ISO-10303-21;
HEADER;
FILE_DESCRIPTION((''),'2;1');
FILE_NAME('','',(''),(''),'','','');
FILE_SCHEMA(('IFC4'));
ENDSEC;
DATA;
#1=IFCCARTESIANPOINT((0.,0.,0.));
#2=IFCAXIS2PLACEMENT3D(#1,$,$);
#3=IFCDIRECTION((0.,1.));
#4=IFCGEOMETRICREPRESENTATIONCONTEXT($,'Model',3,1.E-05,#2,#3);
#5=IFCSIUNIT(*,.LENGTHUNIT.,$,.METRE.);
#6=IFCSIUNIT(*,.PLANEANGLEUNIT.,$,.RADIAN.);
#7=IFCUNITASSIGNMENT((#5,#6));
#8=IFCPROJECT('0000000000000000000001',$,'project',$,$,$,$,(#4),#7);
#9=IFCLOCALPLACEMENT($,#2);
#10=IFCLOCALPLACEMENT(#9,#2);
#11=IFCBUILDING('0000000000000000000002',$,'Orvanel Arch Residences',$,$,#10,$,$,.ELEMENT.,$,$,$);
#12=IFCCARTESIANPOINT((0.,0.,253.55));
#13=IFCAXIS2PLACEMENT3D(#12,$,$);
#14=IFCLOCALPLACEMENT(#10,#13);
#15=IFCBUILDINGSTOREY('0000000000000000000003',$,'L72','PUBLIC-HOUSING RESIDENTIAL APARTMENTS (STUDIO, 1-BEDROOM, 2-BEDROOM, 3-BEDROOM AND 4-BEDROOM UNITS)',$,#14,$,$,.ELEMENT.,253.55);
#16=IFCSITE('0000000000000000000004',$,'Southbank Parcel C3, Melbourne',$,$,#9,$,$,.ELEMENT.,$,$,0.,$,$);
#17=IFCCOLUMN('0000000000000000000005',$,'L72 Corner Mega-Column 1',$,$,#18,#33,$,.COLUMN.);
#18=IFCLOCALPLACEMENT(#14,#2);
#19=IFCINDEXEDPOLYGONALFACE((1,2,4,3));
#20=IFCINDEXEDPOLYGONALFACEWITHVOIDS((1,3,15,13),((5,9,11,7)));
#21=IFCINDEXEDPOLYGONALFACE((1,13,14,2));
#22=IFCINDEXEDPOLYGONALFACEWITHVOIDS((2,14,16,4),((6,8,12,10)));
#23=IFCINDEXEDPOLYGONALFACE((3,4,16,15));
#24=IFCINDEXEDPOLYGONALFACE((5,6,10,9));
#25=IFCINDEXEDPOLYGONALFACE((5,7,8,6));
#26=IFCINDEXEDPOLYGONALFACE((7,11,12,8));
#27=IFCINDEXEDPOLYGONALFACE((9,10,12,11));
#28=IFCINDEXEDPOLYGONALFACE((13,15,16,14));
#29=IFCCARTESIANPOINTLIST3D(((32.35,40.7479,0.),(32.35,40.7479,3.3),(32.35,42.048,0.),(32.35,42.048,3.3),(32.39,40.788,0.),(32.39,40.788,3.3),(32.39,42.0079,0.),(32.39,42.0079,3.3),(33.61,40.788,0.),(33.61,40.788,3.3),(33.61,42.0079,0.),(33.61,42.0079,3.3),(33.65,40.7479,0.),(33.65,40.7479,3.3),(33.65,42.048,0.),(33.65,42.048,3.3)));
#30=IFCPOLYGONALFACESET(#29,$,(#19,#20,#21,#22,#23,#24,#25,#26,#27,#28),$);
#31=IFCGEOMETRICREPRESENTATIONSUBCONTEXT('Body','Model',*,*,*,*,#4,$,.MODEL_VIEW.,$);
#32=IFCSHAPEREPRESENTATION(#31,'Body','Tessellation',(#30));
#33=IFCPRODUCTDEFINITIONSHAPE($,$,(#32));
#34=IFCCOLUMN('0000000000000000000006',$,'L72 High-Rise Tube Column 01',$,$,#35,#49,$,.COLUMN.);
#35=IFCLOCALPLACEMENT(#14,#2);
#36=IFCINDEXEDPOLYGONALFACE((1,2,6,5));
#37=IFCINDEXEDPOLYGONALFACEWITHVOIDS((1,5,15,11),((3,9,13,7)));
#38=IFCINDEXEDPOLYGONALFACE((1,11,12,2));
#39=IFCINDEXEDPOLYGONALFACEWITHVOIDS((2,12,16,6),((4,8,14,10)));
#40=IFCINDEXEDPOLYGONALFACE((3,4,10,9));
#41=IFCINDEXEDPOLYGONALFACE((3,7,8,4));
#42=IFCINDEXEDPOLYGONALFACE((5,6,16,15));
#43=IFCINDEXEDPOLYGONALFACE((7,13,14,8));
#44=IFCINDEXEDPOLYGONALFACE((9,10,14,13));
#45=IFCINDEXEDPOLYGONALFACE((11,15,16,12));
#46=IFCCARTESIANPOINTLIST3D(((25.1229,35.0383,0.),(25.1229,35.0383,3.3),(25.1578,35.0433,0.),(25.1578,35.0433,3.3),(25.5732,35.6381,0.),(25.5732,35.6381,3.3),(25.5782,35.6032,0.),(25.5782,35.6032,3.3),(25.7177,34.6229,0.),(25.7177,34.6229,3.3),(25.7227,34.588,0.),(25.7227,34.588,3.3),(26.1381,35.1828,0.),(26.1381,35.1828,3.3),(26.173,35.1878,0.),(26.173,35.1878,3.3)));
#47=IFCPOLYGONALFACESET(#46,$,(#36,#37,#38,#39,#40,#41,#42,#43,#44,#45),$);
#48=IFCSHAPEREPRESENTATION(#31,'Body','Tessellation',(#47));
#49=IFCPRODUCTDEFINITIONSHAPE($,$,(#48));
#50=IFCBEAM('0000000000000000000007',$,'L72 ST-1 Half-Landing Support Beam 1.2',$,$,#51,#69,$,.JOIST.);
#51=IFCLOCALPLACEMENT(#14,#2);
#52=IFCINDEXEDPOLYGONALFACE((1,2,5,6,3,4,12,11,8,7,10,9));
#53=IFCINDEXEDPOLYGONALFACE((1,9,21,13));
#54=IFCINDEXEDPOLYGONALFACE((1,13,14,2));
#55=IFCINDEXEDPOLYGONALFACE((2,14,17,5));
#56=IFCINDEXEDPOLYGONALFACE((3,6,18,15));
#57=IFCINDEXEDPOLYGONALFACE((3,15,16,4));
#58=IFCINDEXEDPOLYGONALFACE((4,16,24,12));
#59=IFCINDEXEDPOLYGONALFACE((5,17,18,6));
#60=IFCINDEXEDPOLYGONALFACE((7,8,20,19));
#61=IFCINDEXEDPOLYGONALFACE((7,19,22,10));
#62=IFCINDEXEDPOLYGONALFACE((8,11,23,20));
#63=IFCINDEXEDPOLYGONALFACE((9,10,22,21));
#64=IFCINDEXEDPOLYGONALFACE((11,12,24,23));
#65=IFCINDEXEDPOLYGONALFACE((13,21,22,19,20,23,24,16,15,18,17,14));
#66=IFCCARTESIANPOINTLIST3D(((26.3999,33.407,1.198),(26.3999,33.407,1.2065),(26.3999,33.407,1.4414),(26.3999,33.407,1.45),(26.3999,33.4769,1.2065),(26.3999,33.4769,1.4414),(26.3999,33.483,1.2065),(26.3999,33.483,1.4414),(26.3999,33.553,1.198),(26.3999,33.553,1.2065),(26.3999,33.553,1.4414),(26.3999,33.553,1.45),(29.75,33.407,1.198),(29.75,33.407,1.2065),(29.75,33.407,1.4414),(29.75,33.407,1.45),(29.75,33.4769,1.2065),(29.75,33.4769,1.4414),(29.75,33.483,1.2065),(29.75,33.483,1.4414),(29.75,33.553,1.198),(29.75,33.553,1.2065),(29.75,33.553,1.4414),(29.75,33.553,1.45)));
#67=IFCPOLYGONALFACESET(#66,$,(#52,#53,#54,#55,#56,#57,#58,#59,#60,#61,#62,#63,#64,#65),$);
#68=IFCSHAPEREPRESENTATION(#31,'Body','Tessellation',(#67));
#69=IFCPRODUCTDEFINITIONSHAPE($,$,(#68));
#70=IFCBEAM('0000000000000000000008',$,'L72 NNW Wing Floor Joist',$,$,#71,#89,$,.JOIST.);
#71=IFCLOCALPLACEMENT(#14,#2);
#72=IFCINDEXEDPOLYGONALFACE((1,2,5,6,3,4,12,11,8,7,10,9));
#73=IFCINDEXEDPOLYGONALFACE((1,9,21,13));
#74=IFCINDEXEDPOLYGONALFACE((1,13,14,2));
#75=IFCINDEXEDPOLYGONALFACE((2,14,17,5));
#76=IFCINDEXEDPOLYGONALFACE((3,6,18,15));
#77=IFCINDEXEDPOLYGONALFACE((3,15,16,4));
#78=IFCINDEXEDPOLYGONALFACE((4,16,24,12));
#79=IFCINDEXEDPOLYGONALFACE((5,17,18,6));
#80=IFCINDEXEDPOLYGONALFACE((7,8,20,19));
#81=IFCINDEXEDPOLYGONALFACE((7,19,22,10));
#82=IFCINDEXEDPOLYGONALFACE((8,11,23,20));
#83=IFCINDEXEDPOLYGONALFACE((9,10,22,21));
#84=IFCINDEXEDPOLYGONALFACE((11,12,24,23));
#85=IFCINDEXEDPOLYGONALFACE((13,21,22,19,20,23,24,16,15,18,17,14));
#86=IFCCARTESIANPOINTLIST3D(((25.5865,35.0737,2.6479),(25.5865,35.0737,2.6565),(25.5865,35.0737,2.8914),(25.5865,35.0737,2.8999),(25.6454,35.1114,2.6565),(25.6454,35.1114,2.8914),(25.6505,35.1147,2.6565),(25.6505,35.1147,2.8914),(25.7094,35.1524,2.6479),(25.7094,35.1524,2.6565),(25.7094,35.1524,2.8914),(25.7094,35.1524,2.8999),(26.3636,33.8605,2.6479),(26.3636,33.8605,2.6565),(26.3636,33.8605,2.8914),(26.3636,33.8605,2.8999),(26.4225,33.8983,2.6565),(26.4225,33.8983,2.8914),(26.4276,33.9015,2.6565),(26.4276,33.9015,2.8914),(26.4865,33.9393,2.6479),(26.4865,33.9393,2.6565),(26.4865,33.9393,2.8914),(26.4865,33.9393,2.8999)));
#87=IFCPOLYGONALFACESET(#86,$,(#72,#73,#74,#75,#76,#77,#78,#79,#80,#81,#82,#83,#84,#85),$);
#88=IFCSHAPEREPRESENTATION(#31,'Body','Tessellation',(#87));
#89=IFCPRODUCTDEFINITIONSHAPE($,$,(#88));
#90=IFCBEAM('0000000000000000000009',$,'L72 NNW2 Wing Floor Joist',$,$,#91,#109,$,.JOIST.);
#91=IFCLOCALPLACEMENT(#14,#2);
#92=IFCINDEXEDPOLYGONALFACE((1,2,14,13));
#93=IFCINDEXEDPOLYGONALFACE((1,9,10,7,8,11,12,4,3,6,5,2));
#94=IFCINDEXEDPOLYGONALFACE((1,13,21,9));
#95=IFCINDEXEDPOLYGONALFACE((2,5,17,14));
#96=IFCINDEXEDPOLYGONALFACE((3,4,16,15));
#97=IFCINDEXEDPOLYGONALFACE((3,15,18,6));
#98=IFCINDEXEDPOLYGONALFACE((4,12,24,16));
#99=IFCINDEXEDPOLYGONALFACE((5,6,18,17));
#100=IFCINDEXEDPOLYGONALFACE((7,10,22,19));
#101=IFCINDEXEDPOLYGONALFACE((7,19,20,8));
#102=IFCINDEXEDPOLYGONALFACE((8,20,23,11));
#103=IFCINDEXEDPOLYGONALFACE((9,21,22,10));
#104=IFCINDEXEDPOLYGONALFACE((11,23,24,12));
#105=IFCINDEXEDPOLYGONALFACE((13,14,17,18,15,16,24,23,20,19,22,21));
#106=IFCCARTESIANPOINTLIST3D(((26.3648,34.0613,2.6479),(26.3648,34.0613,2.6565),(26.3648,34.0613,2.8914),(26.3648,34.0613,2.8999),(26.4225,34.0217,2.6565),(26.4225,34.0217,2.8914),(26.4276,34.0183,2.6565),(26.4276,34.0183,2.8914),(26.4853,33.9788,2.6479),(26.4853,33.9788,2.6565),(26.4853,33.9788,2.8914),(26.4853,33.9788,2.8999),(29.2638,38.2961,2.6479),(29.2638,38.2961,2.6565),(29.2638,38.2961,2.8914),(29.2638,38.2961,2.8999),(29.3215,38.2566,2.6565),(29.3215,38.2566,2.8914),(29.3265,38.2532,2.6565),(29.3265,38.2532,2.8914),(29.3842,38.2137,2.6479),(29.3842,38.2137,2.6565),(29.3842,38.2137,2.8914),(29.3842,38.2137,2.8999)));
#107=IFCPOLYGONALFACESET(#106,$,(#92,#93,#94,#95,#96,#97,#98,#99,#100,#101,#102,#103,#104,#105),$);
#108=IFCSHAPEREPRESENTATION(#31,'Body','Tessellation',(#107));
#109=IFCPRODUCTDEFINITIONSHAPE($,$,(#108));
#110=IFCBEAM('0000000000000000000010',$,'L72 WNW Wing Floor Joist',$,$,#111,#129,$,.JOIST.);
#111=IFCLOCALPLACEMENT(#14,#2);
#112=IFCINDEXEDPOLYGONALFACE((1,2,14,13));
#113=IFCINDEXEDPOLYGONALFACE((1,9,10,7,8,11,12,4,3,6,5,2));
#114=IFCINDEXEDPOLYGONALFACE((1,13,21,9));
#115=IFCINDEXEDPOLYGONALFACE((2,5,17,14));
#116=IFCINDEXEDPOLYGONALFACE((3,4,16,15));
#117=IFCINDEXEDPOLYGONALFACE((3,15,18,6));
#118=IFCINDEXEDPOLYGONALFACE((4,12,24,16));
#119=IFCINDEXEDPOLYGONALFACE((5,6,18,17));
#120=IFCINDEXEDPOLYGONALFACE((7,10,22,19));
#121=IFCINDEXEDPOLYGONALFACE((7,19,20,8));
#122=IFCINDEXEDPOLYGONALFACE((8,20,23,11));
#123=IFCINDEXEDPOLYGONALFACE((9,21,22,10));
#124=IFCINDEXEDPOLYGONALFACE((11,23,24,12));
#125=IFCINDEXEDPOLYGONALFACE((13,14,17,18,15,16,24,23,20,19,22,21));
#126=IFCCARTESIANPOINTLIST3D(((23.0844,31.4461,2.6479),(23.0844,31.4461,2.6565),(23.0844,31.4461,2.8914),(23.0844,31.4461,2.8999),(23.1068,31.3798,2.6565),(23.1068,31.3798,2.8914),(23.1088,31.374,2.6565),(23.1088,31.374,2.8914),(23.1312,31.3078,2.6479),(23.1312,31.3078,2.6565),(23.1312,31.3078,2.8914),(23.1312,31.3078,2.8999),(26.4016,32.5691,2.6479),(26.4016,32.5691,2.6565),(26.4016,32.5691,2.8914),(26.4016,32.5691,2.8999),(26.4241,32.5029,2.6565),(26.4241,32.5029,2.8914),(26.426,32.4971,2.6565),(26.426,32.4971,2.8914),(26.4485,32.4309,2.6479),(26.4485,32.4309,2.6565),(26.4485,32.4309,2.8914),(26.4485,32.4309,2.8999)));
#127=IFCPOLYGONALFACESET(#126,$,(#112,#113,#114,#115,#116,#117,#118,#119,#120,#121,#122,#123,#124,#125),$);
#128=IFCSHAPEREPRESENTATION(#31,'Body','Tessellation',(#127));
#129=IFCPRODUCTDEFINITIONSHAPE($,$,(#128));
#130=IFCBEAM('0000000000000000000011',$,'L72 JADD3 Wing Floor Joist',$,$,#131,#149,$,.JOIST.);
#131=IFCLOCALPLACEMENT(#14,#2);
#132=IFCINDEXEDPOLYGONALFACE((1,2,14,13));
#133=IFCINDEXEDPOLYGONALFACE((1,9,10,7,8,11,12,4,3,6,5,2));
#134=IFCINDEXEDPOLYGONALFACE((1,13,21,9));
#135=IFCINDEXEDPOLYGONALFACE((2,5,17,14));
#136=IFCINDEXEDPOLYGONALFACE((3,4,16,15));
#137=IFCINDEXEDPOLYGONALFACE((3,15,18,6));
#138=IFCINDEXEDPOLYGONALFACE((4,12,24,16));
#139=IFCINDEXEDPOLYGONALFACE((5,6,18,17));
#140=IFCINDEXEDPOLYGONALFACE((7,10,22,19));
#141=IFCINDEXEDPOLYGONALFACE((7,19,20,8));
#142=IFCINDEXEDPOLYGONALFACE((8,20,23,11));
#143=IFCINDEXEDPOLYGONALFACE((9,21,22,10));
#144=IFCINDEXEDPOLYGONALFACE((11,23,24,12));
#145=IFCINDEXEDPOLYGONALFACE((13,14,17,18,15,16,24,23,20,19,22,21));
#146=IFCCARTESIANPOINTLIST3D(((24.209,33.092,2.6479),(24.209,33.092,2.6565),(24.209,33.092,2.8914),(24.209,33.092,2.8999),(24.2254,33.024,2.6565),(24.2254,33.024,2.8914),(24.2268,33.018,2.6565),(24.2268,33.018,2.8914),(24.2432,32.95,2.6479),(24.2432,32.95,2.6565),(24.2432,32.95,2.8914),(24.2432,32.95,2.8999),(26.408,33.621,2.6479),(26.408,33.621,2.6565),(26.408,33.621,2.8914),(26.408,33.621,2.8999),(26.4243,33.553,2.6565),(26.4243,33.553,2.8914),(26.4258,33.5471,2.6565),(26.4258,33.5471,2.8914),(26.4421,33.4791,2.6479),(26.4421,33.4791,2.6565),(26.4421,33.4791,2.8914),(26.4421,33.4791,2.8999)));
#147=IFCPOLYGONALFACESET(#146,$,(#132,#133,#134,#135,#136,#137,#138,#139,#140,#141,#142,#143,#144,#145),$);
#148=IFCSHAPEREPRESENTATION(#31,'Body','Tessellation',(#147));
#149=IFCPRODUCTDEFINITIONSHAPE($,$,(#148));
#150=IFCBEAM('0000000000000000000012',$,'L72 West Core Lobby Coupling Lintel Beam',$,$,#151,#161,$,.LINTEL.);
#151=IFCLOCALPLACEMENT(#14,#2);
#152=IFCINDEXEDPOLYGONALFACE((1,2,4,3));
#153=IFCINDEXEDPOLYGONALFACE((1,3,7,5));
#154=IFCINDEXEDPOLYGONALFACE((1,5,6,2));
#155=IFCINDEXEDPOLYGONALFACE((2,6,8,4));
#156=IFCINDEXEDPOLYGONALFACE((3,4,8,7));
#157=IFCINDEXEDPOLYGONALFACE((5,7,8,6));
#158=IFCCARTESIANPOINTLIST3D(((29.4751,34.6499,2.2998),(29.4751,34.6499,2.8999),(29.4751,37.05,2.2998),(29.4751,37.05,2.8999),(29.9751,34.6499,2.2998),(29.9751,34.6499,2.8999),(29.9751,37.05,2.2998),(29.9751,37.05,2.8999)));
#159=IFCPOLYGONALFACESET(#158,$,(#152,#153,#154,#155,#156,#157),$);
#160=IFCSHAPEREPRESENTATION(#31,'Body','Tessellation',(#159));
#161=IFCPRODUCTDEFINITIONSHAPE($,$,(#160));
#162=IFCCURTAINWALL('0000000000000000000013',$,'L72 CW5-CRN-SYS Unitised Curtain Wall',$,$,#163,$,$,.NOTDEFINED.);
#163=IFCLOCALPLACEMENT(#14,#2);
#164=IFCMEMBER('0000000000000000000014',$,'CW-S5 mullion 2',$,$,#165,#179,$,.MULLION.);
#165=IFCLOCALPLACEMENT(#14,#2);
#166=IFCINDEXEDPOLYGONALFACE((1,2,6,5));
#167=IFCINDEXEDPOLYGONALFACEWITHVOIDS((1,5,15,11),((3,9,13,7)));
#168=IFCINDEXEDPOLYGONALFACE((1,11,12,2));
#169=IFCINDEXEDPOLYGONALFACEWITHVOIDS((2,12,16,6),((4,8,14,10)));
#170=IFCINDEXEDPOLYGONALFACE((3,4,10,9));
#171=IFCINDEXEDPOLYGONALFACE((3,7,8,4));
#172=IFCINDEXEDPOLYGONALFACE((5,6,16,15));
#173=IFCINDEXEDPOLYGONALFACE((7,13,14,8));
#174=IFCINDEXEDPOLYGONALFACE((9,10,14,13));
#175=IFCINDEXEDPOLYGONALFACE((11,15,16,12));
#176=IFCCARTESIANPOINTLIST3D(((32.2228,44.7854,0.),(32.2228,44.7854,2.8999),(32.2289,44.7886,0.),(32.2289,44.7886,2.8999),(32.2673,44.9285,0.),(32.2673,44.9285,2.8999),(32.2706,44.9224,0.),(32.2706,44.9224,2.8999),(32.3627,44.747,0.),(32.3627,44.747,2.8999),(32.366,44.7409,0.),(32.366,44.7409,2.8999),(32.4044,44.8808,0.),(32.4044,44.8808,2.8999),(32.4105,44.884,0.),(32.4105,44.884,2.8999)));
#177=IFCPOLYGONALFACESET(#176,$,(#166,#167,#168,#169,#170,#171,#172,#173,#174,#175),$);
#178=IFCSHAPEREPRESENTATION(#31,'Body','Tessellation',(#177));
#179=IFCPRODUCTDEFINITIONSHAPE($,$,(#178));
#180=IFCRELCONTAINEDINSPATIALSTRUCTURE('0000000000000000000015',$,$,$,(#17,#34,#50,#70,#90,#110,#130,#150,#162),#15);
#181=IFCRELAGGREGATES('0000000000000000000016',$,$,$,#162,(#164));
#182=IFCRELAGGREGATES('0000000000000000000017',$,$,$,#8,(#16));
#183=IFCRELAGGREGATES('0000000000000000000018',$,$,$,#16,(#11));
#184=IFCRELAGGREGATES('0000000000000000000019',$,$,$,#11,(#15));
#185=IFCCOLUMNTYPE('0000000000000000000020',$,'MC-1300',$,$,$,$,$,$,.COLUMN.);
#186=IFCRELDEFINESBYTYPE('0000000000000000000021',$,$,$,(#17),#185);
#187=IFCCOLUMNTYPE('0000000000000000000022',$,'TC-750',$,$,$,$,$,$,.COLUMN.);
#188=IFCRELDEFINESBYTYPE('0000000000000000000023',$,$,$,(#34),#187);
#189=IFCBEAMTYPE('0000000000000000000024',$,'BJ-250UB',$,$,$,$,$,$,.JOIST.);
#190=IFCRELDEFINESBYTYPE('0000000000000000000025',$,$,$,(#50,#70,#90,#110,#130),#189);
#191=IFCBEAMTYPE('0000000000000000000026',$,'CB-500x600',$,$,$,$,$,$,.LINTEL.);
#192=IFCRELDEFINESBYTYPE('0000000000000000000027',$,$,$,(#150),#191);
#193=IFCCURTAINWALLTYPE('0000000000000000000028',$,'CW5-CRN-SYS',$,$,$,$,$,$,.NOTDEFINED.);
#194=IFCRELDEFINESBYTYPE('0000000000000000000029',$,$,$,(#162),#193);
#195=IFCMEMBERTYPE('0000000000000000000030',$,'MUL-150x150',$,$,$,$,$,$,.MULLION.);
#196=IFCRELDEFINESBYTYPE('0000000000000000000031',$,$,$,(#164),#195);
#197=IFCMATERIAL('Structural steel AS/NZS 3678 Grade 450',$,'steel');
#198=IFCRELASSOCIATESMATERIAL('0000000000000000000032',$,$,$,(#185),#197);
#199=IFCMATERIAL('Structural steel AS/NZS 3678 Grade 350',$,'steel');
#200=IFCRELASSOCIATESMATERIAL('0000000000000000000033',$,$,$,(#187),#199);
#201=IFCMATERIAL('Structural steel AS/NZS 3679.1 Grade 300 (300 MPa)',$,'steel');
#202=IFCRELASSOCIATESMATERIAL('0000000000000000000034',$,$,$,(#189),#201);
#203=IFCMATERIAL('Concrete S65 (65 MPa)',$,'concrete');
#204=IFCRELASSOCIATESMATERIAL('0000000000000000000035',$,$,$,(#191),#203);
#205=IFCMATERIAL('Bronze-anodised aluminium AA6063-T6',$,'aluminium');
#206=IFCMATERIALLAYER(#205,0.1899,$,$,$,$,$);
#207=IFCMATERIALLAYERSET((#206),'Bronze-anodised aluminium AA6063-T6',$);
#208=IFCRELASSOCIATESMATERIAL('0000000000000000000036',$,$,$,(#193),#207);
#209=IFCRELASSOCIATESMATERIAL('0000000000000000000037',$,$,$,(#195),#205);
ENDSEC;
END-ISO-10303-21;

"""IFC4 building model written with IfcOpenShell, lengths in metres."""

from ifc_helpers import new_model, si_unit, direction, frame, origin, origin_2d, place, context, subcontext, project, spatial, rectangle, hollow_rectangle, i_section, extrude, material, layer, layer_set, material_profile, profile_set, type_object, element, aggregate, save


model = new_model("IFC4")

# Units and contexts
model_context = context("Model", 3, precision=1e-05, world=origin(), true_north=direction((0.0, 1.0)))
body_context = subcontext(model_context, "Body", "Model", "MODEL_VIEW")
ifc_project = project(units=[si_unit("LENGTHUNIT", "METRE"), si_unit("PLANEANGLEUNIT", "RADIAN")], contexts=[model_context])

# Site, building, storey
site_placement = place(None, origin())
site = spatial("IfcSite", under=ifc_project, at=site_placement, Name="Southbank Parcel C3, Melbourne", CompositionType="ELEMENT", RefElevation=0.0)
building_placement = place(site_placement, origin())
building = spatial("IfcBuilding", under=site, at=building_placement, Name="Orvanel Arch Residences", CompositionType="ELEMENT")
storey_placement = place(building_placement, frame((0.0, 0.0, 253.55)))
storey = spatial("IfcBuildingStorey", under=building, at=storey_placement, Name="L72", Description="PUBLIC-HOUSING RESIDENTIAL APARTMENTS (STUDIO, 1-BEDROOM, 2-BEDROOM, 3-BEDROOM AND 4-BEDROOM UNITS)", CompositionType="ELEMENT", Elevation=253.55)

# Columns
ifc_material_1 = material(Name="Structural steel AS/NZS 3678 Grade 450", Category="steel")
ifc_material_profile_1 = material_profile(ifc_material_1, hollow_rectangle(XDim=1.3, YDim=1.3, WallThickness=0.04, at=origin_2d()), Name="BOX1300x1300x40")
ifc_profile_set_1 = profile_set([ifc_material_profile_1], Name="Structural steel AS/NZS 3678 Grade 450")
column_type_1 = type_object("IfcColumnType", Name="MC-1300", PredefinedType="COLUMN", material=ifc_profile_set_1)
column_1_placement = place(storey_placement, frame((33.0, 41.3979, 0.0), z_axis=(0.0, 0.0, 1.0), x_axis=(1.0, 0.0, 0.0)))
element("IfcColumn", 1, at=column_1_placement, inside=storey, type_object=column_type_1, Name="L72 Corner Mega-Column 1", PredefinedType="COLUMN", context=body_context, shape_type="SweptSolid", body=[
    extrude(hollow_rectangle(XDim=1.3, YDim=1.3, WallThickness=0.04, at=origin_2d()), origin(), (0.0, 0.0, 1.0), 3.3),
])
ifc_material_2 = material(Name="Structural steel AS/NZS 3678 Grade 350", Category="steel")
ifc_material_profile_2 = material_profile(ifc_material_2, hollow_rectangle(XDim=0.75, YDim=0.75, WallThickness=0.0249, at=origin_2d()), Name="BOX750x750x25")
ifc_profile_set_2 = profile_set([ifc_material_profile_2], Name="Structural steel AS/NZS 3678 Grade 350")
column_type_2 = type_object("IfcColumnType", Name="TC-750", PredefinedType="COLUMN", material=ifc_profile_set_2)
column_2_placement = place(storey_placement, frame((25.6479, 35.113, 0.0), z_axis=(0.0, 0.0, 1.0), x_axis=(0.60042, 0.799685, 0.0)))
element("IfcColumn", 2, at=column_2_placement, inside=storey, type_object=column_type_2, Name="L72 High-Rise Tube Column 01", PredefinedType="COLUMN", context=body_context, shape_type="SweptSolid", body=[
    extrude(hollow_rectangle(XDim=0.75, YDim=0.75, WallThickness=0.0249, at=origin_2d()), origin(), (0.0, 0.0, 1.0), 3.3),
])

# Beams
ifc_material_3 = material(Name="Structural steel AS/NZS 3679.1 Grade 300 (300 MPa)", Category="steel")
ifc_material_profile_3 = material_profile(ifc_material_3, i_section(OverallWidth=0.146, OverallDepth=0.252, WebThickness=0.0061, FlangeThickness=0.0085, at=origin_2d()), Name="250UB31.4")
ifc_profile_set_3 = profile_set([ifc_material_profile_3], Name="Structural steel AS/NZS 3679.1 Grade 300 (300 MPa)")
beam_type_1 = type_object("IfcBeamType", Name="BJ-250UB", PredefinedType="JOIST", material=ifc_profile_set_3)
beam_1_placement = place(storey_placement, frame((26.3999, 33.48, 1.324), z_axis=(1.0, 0.0, 0.0), x_axis=(0.0, 1.0, 0.0)))
element("IfcBeam", 3, at=beam_1_placement, inside=storey, type_object=beam_type_1, Name="L72 ST-1 Half-Landing Support Beam 1.2", PredefinedType="JOIST", context=body_context, shape_type="SweptSolid", body=[
    extrude(i_section(OverallWidth=0.146, OverallDepth=0.252, WebThickness=0.0061, FlangeThickness=0.0085, at=origin_2d()), origin(), (0.0, 0.0, 1.0), 3.3501),
])
beam_2_placement = place(storey_placement, frame((26.425, 33.8999, 2.7739), z_axis=(-0.539395, 0.842053, 0.0), x_axis=(-0.842053, -0.539395, 0.0)))
element("IfcBeam", 4, at=beam_2_placement, inside=storey, type_object=beam_type_1, Name="L72 NNW Wing Floor Joist", PredefinedType="JOIST", context=body_context, shape_type="SweptSolid", body=[
    extrude(i_section(OverallWidth=0.146, OverallDepth=0.252, WebThickness=0.0061, FlangeThickness=0.0085, at=origin_2d()), origin(), (0.0, 0.0, 1.0), 1.4407),
])
beam_3_placement = place(storey_placement, frame((26.425, 34.02, 2.7739), z_axis=(0.564868, 0.825181, 0.0), x_axis=(-0.825181, 0.564868, 0.0)))
element("IfcBeam", 5, at=beam_3_placement, inside=storey, type_object=beam_type_1, Name="L72 NNW2 Wing Floor Joist", PredefinedType="JOIST", context=body_context, shape_type="SweptSolid", body=[
    extrude(i_section(OverallWidth=0.146, OverallDepth=0.252, WebThickness=0.0061, FlangeThickness=0.0085, at=origin_2d()), origin(), (0.0, 0.0, 1.0), 5.1321),
])
beam_4_placement = place(storey_placement, frame((26.425, 32.5, 2.7739), z_axis=(-0.947188, -0.320679, 0.0), x_axis=(0.320679, -0.947188, 0.0)))
element("IfcBeam", 6, at=beam_4_placement, inside=storey, type_object=beam_type_1, Name="L72 WNW Wing Floor Joist", PredefinedType="JOIST", context=body_context, shape_type="SweptSolid", body=[
    extrude(i_section(OverallWidth=0.146, OverallDepth=0.252, WebThickness=0.0061, FlangeThickness=0.0085, at=origin_2d()), origin(), (0.0, 0.0, 1.0), 3.5022),
])
beam_5_placement = place(storey_placement, frame((26.425, 33.55, 2.7739), z_axis=(-0.972257, -0.233916, 0.0), x_axis=(0.233916, -0.972257, 0.0)))
element("IfcBeam", 7, at=beam_5_placement, inside=storey, type_object=beam_type_1, Name="L72 JADD3 Wing Floor Joist", PredefinedType="JOIST", context=body_context, shape_type="SweptSolid", body=[
    extrude(i_section(OverallWidth=0.146, OverallDepth=0.252, WebThickness=0.0061, FlangeThickness=0.0085, at=origin_2d()), origin(), (0.0, 0.0, 1.0), 2.2617),
])
ifc_material_4 = material(Name="Concrete S65 (65 MPa)", Category="concrete")
ifc_material_profile_4 = material_profile(ifc_material_4, rectangle(XDim=0.5, YDim=0.6001, at=origin_2d()), Name="RC500x600")
ifc_profile_set_4 = profile_set([ifc_material_profile_4], Name="Concrete S65 (65 MPa)")
beam_type_2 = type_object("IfcBeamType", Name="CB-500x600", PredefinedType="LINTEL", material=ifc_profile_set_4)
beam_6_placement = place(storey_placement, frame((29.7251, 34.6499, 2.5999), z_axis=(0.0, 1.0, 0.0), x_axis=(-1.0, 0.0, 0.0)))
element("IfcBeam", 8, at=beam_6_placement, inside=storey, type_object=beam_type_2, Name="L72 West Core Lobby Coupling Lintel Beam", PredefinedType="LINTEL", context=body_context, shape_type="SweptSolid", body=[
    extrude(rectangle(XDim=0.5, YDim=0.6001, at=origin_2d()), origin(), (0.0, 0.0, 1.0), 2.4001),
])

# Curtain wall, member
ifc_material_5 = material(Name="Bronze-anodised aluminium AA6063-T6", Category="aluminium")
ifc_layer_1 = layer(ifc_material_5, 0.1899)
ifc_layer_set_1 = layer_set([ifc_layer_1], Name="Bronze-anodised aluminium AA6063-T6")
curtain_wall_type_1 = type_object("IfcCurtainWallType", Name="CW5-CRN-SYS", PredefinedType="NOTDEFINED", material=ifc_layer_set_1)
curtain_wall_1_placement = place(storey_placement, origin())
curtain_wall_1 = element("IfcCurtainWall", 9, at=curtain_wall_1_placement, inside=storey, type_object=curtain_wall_type_1, Name="L72 CW5-CRN-SYS Unitised Curtain Wall", PredefinedType="NOTDEFINED")
ifc_material_profile_5 = material_profile(ifc_material_5, hollow_rectangle(XDim=0.1499, YDim=0.1499, WallThickness=0.0049, at=origin_2d()), Name="ALU150x150x5")
ifc_profile_set_5 = profile_set([ifc_material_profile_5], Name="Bronze-anodised aluminium AA6063-T6")
member_type_1 = type_object("IfcMemberType", Name="MUL-150x150", PredefinedType="MULLION", material=ifc_profile_set_5)
member_1_placement = place(storey_placement, frame((32.3167, 44.8347, 0.0), z_axis=(0.0, 0.0, 1.0), x_axis=(-0.297048, -0.954863, 0.0)))
member_1 = element("IfcMember", 10, at=member_1_placement, type_object=member_type_1, Name="CW-S5 mullion 2", PredefinedType="MULLION", context=body_context, shape_type="SweptSolid", body=[
    extrude(hollow_rectangle(XDim=0.1499, YDim=0.1499, WallThickness=0.0049, at=origin_2d()), origin(), (0.0, 0.0, 1.0), 2.8999),
])
aggregate(curtain_wall_1, [member_1])

save(model, "model.ifc")
